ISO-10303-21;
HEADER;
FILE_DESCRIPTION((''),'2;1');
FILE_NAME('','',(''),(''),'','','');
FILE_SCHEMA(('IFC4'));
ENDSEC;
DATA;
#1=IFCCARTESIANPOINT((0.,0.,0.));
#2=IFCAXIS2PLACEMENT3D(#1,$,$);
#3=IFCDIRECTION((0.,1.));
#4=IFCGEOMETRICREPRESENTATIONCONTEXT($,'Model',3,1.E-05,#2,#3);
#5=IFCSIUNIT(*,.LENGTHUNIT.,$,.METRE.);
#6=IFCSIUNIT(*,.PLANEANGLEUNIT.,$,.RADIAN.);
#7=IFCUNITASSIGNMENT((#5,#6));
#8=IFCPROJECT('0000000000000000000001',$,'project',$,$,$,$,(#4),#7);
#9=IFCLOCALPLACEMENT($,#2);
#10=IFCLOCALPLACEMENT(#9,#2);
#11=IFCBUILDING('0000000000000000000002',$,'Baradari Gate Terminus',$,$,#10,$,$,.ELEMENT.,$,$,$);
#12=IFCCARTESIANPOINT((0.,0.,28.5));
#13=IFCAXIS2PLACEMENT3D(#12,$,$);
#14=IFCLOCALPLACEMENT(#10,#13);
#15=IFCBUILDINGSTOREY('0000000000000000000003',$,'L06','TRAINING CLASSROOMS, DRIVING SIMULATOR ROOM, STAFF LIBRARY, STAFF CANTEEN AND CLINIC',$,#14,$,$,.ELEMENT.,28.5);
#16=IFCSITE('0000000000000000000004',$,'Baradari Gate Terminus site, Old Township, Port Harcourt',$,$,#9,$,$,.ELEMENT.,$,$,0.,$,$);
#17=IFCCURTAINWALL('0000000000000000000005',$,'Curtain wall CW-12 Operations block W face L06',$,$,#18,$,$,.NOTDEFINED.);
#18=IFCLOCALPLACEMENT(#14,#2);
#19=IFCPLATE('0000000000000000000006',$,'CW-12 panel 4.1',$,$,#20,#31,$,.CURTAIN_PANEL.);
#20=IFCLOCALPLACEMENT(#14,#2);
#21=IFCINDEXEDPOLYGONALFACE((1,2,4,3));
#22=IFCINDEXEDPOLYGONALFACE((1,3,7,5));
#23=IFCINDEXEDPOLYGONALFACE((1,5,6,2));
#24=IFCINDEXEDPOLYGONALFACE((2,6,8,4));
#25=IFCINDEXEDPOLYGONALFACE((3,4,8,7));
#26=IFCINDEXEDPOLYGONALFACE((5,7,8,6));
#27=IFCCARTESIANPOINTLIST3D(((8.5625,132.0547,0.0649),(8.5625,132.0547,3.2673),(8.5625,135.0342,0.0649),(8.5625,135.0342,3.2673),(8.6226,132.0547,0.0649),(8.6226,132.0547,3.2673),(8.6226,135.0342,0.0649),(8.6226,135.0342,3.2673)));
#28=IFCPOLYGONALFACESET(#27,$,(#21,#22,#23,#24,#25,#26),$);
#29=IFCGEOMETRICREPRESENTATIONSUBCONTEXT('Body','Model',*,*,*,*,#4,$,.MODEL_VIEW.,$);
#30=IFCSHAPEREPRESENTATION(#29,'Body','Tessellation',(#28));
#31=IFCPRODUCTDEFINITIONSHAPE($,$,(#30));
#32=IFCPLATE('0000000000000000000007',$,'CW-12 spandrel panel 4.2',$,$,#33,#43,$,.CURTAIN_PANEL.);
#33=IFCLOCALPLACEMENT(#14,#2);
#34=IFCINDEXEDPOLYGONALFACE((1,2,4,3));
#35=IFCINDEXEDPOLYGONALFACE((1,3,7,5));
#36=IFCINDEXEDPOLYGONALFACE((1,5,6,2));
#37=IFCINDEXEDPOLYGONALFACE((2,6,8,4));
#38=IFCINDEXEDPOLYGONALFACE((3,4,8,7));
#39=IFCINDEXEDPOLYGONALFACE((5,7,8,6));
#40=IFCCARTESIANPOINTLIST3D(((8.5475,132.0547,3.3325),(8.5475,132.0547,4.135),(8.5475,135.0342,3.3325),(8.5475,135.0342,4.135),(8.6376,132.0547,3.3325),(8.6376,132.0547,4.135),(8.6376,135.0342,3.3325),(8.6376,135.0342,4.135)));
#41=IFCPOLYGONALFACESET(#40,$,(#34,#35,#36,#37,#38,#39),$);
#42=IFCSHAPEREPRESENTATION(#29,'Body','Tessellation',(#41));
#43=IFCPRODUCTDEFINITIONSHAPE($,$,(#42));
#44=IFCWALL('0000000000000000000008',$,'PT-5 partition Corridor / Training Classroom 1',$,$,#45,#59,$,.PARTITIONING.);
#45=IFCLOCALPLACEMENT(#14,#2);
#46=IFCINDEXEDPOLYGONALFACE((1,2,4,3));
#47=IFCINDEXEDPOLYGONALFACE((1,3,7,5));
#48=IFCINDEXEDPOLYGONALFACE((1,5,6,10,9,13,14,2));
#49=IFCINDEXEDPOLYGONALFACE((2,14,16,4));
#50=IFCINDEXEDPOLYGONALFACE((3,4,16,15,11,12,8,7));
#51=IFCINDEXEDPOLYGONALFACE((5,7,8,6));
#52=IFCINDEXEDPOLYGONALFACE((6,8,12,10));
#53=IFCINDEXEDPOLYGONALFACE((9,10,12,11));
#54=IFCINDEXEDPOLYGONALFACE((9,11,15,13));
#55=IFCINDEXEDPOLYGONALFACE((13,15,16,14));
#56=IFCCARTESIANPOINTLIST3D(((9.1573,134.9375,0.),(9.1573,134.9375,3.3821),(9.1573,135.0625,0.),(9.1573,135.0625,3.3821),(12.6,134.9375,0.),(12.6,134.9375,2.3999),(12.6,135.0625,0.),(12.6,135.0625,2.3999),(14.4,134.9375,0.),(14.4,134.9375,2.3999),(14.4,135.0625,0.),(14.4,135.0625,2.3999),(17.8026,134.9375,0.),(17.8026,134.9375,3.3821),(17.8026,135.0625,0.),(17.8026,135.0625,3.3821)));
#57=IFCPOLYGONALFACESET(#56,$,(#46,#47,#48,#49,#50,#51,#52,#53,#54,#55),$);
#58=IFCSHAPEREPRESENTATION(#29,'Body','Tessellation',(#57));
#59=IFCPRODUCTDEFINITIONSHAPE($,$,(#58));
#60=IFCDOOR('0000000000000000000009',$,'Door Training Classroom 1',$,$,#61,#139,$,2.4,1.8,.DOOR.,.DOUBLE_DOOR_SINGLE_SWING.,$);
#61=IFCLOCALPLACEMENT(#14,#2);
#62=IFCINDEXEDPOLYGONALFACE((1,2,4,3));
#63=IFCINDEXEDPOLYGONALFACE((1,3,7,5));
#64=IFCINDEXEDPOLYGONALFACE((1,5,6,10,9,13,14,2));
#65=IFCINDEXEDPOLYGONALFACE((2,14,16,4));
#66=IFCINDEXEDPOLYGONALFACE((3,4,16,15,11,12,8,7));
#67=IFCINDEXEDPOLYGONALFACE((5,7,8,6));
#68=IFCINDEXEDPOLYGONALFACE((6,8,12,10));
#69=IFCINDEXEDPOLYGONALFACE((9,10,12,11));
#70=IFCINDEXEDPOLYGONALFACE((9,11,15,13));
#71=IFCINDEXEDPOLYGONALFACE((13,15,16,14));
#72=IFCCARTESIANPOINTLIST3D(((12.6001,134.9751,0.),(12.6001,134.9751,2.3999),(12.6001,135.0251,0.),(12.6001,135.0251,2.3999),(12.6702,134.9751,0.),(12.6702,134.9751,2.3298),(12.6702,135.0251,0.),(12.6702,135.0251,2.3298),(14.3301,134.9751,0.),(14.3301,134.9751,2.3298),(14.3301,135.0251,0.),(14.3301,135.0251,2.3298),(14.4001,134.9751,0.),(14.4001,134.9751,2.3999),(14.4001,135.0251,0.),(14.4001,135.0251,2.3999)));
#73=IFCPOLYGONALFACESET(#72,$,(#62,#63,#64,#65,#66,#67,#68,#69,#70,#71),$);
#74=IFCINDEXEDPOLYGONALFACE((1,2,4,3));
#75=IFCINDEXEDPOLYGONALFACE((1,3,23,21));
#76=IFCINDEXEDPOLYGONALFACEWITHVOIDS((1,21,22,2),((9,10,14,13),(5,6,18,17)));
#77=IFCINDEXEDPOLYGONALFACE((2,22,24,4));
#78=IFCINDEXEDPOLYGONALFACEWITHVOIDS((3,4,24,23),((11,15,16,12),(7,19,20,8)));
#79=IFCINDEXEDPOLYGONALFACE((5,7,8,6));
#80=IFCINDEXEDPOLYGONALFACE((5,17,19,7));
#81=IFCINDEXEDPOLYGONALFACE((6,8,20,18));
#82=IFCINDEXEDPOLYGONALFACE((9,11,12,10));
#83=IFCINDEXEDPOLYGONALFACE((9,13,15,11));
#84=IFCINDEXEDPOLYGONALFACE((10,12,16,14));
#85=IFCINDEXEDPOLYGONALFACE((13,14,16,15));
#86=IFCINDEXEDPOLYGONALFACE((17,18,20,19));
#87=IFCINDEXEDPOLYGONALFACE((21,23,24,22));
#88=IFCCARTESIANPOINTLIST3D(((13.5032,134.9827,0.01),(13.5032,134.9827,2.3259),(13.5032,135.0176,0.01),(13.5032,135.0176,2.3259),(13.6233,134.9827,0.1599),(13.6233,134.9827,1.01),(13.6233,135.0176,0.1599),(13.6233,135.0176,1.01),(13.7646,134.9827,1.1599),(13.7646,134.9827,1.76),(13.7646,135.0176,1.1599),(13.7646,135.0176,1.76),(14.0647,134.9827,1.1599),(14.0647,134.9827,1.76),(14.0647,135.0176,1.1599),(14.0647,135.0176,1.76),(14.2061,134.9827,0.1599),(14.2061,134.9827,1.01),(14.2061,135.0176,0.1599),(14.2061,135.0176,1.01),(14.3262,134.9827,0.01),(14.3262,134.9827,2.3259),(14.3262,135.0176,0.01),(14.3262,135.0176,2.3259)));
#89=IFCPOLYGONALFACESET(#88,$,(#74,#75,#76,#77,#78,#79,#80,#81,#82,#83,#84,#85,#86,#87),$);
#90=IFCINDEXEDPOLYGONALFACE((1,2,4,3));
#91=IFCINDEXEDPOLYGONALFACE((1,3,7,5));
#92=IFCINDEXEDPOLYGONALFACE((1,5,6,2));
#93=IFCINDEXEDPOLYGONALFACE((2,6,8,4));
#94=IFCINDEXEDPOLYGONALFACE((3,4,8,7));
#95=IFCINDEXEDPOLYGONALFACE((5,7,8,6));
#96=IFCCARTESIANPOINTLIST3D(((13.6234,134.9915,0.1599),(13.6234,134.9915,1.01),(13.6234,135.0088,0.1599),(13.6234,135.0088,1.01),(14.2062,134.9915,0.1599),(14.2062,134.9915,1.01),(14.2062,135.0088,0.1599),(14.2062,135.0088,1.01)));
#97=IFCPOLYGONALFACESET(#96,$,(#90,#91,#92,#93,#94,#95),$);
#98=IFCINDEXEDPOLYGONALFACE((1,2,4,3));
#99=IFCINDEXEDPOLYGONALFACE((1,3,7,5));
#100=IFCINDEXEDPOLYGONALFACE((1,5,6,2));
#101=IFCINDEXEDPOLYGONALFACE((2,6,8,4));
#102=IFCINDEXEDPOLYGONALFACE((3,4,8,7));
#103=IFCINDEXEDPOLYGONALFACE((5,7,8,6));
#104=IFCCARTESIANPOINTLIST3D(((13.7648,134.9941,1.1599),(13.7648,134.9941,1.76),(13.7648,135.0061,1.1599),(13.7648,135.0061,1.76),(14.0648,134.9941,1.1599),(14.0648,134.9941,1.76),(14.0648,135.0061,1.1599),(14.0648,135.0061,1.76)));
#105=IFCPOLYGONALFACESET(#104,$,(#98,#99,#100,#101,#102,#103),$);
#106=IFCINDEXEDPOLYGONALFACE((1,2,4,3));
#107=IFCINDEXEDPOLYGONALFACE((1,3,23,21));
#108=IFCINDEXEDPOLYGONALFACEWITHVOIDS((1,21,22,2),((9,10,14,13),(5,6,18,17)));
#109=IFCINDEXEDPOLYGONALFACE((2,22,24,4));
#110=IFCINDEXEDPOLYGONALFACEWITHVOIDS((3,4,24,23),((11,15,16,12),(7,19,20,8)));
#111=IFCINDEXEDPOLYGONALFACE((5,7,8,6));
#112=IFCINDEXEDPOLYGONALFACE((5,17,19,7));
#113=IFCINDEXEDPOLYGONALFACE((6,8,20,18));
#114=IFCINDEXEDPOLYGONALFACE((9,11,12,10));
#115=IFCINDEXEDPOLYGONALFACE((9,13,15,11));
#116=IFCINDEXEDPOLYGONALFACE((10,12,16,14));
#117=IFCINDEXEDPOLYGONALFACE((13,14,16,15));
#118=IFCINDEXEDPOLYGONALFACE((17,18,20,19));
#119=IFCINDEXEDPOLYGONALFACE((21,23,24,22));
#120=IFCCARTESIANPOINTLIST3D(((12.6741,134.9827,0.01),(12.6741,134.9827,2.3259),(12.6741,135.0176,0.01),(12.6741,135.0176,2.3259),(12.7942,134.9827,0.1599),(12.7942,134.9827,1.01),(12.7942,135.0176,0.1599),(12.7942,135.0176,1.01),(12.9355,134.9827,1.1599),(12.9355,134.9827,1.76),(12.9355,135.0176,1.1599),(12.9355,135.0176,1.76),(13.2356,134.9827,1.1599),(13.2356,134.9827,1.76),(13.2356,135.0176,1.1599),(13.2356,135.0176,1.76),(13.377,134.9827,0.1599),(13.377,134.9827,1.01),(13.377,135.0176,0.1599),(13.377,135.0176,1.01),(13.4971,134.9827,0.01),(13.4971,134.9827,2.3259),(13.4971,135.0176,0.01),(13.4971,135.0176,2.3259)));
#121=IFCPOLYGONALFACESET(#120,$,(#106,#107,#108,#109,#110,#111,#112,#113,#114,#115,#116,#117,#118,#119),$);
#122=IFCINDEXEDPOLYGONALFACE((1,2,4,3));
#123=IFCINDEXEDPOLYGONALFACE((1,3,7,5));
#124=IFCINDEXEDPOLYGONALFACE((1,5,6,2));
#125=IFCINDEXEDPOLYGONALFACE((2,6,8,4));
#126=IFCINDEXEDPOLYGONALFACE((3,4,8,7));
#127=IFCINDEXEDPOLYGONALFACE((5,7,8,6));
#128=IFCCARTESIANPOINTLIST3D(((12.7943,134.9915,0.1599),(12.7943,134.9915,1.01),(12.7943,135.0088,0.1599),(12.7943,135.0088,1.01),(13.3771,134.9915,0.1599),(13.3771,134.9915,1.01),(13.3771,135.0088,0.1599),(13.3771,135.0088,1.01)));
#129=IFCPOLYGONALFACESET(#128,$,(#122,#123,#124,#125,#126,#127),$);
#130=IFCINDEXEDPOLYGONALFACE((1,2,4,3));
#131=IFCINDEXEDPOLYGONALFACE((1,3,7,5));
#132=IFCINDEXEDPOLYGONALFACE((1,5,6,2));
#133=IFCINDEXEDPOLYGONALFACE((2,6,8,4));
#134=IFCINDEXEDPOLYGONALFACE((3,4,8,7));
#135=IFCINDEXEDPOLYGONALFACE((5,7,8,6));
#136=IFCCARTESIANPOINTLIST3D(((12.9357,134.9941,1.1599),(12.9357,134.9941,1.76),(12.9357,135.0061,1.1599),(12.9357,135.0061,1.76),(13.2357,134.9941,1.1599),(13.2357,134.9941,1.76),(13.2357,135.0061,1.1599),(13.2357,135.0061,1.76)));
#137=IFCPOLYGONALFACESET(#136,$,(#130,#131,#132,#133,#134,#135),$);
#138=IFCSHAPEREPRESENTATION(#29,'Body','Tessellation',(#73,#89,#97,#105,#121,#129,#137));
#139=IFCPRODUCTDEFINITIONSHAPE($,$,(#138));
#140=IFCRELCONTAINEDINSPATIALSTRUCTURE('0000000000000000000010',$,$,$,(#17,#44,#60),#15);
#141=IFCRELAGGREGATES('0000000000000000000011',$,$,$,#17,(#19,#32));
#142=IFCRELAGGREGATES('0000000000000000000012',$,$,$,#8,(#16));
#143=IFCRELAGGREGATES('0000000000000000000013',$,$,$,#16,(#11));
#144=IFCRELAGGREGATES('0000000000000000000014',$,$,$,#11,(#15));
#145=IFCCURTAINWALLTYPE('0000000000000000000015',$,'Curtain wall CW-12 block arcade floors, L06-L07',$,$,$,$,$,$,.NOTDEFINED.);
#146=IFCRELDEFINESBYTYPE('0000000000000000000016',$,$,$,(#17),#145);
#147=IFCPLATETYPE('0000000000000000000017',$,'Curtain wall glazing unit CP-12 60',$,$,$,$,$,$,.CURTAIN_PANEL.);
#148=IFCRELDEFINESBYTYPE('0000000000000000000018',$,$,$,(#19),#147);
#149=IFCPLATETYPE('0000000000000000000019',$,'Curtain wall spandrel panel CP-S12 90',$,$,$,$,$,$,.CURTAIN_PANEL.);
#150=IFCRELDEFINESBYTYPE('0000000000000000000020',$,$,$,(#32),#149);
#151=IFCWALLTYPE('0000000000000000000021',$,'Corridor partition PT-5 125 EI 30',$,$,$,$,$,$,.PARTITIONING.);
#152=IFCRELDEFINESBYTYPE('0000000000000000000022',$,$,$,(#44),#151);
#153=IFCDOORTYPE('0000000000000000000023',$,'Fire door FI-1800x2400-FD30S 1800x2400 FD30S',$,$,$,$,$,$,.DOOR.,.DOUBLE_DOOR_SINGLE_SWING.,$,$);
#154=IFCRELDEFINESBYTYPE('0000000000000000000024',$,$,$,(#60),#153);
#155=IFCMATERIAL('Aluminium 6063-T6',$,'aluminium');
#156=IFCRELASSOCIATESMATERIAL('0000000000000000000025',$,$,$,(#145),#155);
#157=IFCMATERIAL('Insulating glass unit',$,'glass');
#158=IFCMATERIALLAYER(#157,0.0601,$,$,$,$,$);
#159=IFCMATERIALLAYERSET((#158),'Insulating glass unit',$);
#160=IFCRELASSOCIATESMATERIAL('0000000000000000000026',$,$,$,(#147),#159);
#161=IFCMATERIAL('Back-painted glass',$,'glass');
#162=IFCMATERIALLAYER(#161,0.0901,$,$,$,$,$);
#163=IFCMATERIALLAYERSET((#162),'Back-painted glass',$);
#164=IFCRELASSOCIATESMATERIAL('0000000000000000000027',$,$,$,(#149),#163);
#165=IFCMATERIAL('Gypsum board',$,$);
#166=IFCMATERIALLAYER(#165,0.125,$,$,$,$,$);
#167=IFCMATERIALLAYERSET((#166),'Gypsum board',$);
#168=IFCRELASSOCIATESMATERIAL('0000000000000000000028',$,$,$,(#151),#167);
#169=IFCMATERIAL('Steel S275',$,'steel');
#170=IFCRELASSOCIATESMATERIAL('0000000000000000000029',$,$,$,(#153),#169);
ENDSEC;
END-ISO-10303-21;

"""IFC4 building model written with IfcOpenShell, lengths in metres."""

from ifc_helpers import new_model, si_unit, direction, frame, frame_2d, origin, origin_2d, place, context, subcontext, project, spatial, polyline, rectangle, outline, extrude, material, layer, layer_set, type_object, element, fill, aggregate, save


model = new_model("IFC4")

# Units and contexts
model_context = context("Model", 3, precision=1e-05, world=origin(), true_north=direction((0.0, 1.0)))
body_context = subcontext(model_context, "Body", "Model", "MODEL_VIEW")
ifc_project = project(units=[si_unit("LENGTHUNIT", "METRE"), si_unit("PLANEANGLEUNIT", "RADIAN")], contexts=[model_context])

# Site, building, storey
site_placement = place(None, origin())
site = spatial("IfcSite", under=ifc_project, at=site_placement, Name="Baradari Gate Terminus site, Old Township, Port Harcourt", CompositionType="ELEMENT", RefElevation=0.0)
building_placement = place(site_placement, origin())
building = spatial("IfcBuilding", under=site, at=building_placement, Name="Baradari Gate Terminus", CompositionType="ELEMENT")
storey_placement = place(building_placement, frame((0.0, 0.0, 28.5)))
storey = spatial("IfcBuildingStorey", under=building, at=storey_placement, Name="L06", Description="TRAINING CLASSROOMS, DRIVING SIMULATOR ROOM, STAFF LIBRARY, STAFF CANTEEN AND CLINIC", CompositionType="ELEMENT", Elevation=28.5)

# Curtain wall
ifc_material_1 = material(Name="Aluminium 6063-T6", Category="aluminium")
curtain_wall_type = type_object("IfcCurtainWallType", Name="Curtain wall CW-12 block arcade floors, L06-L07", PredefinedType="NOTDEFINED", material=ifc_material_1)
curtain_wall_placement = place(storey_placement, origin())
curtain_wall = element("IfcCurtainWall", 1, at=curtain_wall_placement, inside=storey, type_object=curtain_wall_type, Name="Curtain wall CW-12 Operations block W face L06", PredefinedType="NOTDEFINED")

# Plates
ifc_material_2 = material(Name="Insulating glass unit", Category="glass")
ifc_layer_1 = layer(ifc_material_2, 0.0601)
ifc_layer_set_1 = layer_set([ifc_layer_1], Name="Insulating glass unit")
plate_type_1 = type_object("IfcPlateType", Name="Curtain wall glazing unit CP-12 60", PredefinedType="CURTAIN_PANEL", material=ifc_layer_set_1)
plate_1_placement = place(storey_placement, frame((8.5925, 133.5444, 0.0649), z_axis=(0.0, 0.0, 1.0), x_axis=(0.0, -1.0, 0.0)))
plate_1 = element("IfcPlate", 2, at=plate_1_placement, type_object=plate_type_1, Name="CW-12 panel 4.1", PredefinedType="CURTAIN_PANEL", context=body_context, shape_type="SweptSolid", body=[
    extrude(rectangle(XDim=2.9795, YDim=0.0601, at=origin_2d()), origin(), (0.0, 0.0, 1.0), 3.2024),
])
ifc_material_3 = material(Name="Back-painted glass", Category="glass")
ifc_layer_2 = layer(ifc_material_3, 0.0901)
ifc_layer_set_2 = layer_set([ifc_layer_2], Name="Back-painted glass")
plate_type_2 = type_object("IfcPlateType", Name="Curtain wall spandrel panel CP-S12 90", PredefinedType="CURTAIN_PANEL", material=ifc_layer_set_2)
plate_2_placement = place(storey_placement, frame((8.5925, 133.5444, 3.3325), z_axis=(0.0, 0.0, 1.0), x_axis=(0.0, -1.0, 0.0)))
plate_2 = element("IfcPlate", 3, at=plate_2_placement, type_object=plate_type_2, Name="CW-12 spandrel panel 4.2", PredefinedType="CURTAIN_PANEL", context=body_context, shape_type="SweptSolid", body=[
    extrude(rectangle(XDim=2.9795, YDim=0.0901, at=origin_2d()), origin(), (0.0, 0.0, 1.0), 0.8025),
])
aggregate(curtain_wall, [plate_1, plate_2])

# Wall, opening, door
ifc_material_4 = material(Name="Gypsum board")
ifc_layer_3 = layer(ifc_material_4, 0.125)
ifc_layer_set_3 = layer_set([ifc_layer_3], Name="Gypsum board")
wall_type = type_object("IfcWallType", Name="Corridor partition PT-5 125 EI 30", PredefinedType="PARTITIONING", material=ifc_layer_set_3)
wall_1_placement = place(storey_placement, frame((9.1572, 135.0, 0.0), z_axis=(0.0, 0.0, 1.0), x_axis=(1.0, 0.0, 0.0)))
wall_1 = element("IfcWall", 4, at=wall_1_placement, inside=storey, type_object=wall_type, Name="PT-5 partition Corridor / Training Classroom 1", PredefinedType="PARTITIONING", context=body_context, shape_type="SweptSolid", body=[
    extrude(rectangle(XDim=8.6453, YDim=0.125, at=frame_2d((4.3228, 0.0))), origin(), (0.0, 0.0, 1.0), 3.3821),
])
opening_1_placement = place(wall_1_placement, frame((3.4429, 0.0, 0.0)))
opening_1 = element("IfcOpeningElement", 5, at=opening_1_placement, cuts=wall_1, PredefinedType="OPENING", context=body_context, shape_type="SweptSolid", body=[
    extrude(rectangle(XDim=1.8, YDim=2.3999, at=frame_2d((0.8999, 1.2))), frame((0.0, 0.0725, 0.0), z_axis=(0.0, -1.0, 0.0), x_axis=(1.0, 0.0, 0.0)), (0.0, 0.0, 1.0), 0.145),
])
ifc_material_5 = material(Name="Steel S275", Category="steel")
door_type_1 = type_object("IfcDoorType", Name="Fire door FI-1800x2400-FD30S 1800x2400 FD30S", OperationType="DOUBLE_DOOR_SINGLE_SWING", PredefinedType="DOOR", material=ifc_material_5)
door_1_placement = place(opening_1_placement, frame((1.8, 0.0, 0.0), z_axis=(0.0, 0.0, 1.0), x_axis=(-1.0, 0.0, 0.0)))
door_1 = element("IfcDoor", 6, at=door_1_placement, inside=storey, type_object=door_type_1, Name="Door Training Classroom 1", OperationType="DOUBLE_DOOR_SINGLE_SWING", OverallHeight=2.4, OverallWidth=1.8, PredefinedType="DOOR", context=body_context, shape_type="SweptSolid", body=[
    extrude(outline(polyline([(0.0, 0.0), (0.0701, 0.0), (0.0701, 2.3298), (1.73, 2.3298), (1.73, 0.0), (1.8, 0.0), (1.8, 2.3999), (0.0, 2.3999), (0.0, 0.0)])), frame((0.0, 0.0249, 0.0), z_axis=(0.0, -1.0, 0.0), x_axis=(1.0, 0.0, 0.0)), (0.0, 0.0, 1.0), 0.05),
    extrude(outline(polyline([(0.074, 0.01), (0.897, 0.01), (0.897, 2.3259), (0.074, 2.3259), (0.074, 0.01)]), holes=[polyline([(0.1941, 0.1599), (0.7769, 0.1599), (0.7769, 1.01), (0.1941, 1.01), (0.1941, 0.1599)]), polyline([(0.3354, 1.1599), (0.6355, 1.1599), (0.6355, 1.76), (0.3354, 1.76), (0.3354, 1.1599)])]), frame((0.0, 0.0173, 0.0), z_axis=(0.0, -1.0, 0.0), x_axis=(1.0, 0.0, 0.0)), (0.0, 0.0, 1.0), 0.0349),
    extrude(rectangle(XDim=0.5828, YDim=0.8501, at=frame_2d((0.4854, 0.585))), frame((0.0, 0.0085, 0.0), z_axis=(0.0, -1.0, 0.0), x_axis=(1.0, 0.0, 0.0)), (0.0, 0.0, 1.0), 0.0173),
    extrude(rectangle(XDim=0.3, YDim=0.6001, at=frame_2d((0.4854, 1.46))), frame((0.0, 0.0059, 0.0), z_axis=(0.0, -1.0, 0.0), x_axis=(1.0, 0.0, 0.0)), (0.0, 0.0, 1.0), 0.012),
    extrude(outline(polyline([(0.9031, 0.01), (1.7261, 0.01), (1.7261, 2.3259), (0.9031, 2.3259), (0.9031, 0.01)]), holes=[polyline([(1.0232, 0.1599), (1.606, 0.1599), (1.606, 1.01), (1.0232, 1.01), (1.0232, 0.1599)]), polyline([(1.1646, 1.1599), (1.4646, 1.1599), (1.4646, 1.76), (1.1646, 1.76), (1.1646, 1.1599)])]), frame((0.0, 0.0173, 0.0), z_axis=(0.0, -1.0, 0.0), x_axis=(1.0, 0.0, 0.0)), (0.0, 0.0, 1.0), 0.0349),
    extrude(rectangle(XDim=0.5828, YDim=0.8501, at=frame_2d((1.3145, 0.585))), frame((0.0, 0.0085, 0.0), z_axis=(0.0, -1.0, 0.0), x_axis=(1.0, 0.0, 0.0)), (0.0, 0.0, 1.0), 0.0173),
    extrude(rectangle(XDim=0.3, YDim=0.6001, at=frame_2d((1.3145, 1.46))), frame((0.0, 0.0059, 0.0), z_axis=(0.0, -1.0, 0.0), x_axis=(1.0, 0.0, 0.0)), (0.0, 0.0, 1.0), 0.012),
])
fill(opening_1, door_1)

save(model, "model.ifc")
